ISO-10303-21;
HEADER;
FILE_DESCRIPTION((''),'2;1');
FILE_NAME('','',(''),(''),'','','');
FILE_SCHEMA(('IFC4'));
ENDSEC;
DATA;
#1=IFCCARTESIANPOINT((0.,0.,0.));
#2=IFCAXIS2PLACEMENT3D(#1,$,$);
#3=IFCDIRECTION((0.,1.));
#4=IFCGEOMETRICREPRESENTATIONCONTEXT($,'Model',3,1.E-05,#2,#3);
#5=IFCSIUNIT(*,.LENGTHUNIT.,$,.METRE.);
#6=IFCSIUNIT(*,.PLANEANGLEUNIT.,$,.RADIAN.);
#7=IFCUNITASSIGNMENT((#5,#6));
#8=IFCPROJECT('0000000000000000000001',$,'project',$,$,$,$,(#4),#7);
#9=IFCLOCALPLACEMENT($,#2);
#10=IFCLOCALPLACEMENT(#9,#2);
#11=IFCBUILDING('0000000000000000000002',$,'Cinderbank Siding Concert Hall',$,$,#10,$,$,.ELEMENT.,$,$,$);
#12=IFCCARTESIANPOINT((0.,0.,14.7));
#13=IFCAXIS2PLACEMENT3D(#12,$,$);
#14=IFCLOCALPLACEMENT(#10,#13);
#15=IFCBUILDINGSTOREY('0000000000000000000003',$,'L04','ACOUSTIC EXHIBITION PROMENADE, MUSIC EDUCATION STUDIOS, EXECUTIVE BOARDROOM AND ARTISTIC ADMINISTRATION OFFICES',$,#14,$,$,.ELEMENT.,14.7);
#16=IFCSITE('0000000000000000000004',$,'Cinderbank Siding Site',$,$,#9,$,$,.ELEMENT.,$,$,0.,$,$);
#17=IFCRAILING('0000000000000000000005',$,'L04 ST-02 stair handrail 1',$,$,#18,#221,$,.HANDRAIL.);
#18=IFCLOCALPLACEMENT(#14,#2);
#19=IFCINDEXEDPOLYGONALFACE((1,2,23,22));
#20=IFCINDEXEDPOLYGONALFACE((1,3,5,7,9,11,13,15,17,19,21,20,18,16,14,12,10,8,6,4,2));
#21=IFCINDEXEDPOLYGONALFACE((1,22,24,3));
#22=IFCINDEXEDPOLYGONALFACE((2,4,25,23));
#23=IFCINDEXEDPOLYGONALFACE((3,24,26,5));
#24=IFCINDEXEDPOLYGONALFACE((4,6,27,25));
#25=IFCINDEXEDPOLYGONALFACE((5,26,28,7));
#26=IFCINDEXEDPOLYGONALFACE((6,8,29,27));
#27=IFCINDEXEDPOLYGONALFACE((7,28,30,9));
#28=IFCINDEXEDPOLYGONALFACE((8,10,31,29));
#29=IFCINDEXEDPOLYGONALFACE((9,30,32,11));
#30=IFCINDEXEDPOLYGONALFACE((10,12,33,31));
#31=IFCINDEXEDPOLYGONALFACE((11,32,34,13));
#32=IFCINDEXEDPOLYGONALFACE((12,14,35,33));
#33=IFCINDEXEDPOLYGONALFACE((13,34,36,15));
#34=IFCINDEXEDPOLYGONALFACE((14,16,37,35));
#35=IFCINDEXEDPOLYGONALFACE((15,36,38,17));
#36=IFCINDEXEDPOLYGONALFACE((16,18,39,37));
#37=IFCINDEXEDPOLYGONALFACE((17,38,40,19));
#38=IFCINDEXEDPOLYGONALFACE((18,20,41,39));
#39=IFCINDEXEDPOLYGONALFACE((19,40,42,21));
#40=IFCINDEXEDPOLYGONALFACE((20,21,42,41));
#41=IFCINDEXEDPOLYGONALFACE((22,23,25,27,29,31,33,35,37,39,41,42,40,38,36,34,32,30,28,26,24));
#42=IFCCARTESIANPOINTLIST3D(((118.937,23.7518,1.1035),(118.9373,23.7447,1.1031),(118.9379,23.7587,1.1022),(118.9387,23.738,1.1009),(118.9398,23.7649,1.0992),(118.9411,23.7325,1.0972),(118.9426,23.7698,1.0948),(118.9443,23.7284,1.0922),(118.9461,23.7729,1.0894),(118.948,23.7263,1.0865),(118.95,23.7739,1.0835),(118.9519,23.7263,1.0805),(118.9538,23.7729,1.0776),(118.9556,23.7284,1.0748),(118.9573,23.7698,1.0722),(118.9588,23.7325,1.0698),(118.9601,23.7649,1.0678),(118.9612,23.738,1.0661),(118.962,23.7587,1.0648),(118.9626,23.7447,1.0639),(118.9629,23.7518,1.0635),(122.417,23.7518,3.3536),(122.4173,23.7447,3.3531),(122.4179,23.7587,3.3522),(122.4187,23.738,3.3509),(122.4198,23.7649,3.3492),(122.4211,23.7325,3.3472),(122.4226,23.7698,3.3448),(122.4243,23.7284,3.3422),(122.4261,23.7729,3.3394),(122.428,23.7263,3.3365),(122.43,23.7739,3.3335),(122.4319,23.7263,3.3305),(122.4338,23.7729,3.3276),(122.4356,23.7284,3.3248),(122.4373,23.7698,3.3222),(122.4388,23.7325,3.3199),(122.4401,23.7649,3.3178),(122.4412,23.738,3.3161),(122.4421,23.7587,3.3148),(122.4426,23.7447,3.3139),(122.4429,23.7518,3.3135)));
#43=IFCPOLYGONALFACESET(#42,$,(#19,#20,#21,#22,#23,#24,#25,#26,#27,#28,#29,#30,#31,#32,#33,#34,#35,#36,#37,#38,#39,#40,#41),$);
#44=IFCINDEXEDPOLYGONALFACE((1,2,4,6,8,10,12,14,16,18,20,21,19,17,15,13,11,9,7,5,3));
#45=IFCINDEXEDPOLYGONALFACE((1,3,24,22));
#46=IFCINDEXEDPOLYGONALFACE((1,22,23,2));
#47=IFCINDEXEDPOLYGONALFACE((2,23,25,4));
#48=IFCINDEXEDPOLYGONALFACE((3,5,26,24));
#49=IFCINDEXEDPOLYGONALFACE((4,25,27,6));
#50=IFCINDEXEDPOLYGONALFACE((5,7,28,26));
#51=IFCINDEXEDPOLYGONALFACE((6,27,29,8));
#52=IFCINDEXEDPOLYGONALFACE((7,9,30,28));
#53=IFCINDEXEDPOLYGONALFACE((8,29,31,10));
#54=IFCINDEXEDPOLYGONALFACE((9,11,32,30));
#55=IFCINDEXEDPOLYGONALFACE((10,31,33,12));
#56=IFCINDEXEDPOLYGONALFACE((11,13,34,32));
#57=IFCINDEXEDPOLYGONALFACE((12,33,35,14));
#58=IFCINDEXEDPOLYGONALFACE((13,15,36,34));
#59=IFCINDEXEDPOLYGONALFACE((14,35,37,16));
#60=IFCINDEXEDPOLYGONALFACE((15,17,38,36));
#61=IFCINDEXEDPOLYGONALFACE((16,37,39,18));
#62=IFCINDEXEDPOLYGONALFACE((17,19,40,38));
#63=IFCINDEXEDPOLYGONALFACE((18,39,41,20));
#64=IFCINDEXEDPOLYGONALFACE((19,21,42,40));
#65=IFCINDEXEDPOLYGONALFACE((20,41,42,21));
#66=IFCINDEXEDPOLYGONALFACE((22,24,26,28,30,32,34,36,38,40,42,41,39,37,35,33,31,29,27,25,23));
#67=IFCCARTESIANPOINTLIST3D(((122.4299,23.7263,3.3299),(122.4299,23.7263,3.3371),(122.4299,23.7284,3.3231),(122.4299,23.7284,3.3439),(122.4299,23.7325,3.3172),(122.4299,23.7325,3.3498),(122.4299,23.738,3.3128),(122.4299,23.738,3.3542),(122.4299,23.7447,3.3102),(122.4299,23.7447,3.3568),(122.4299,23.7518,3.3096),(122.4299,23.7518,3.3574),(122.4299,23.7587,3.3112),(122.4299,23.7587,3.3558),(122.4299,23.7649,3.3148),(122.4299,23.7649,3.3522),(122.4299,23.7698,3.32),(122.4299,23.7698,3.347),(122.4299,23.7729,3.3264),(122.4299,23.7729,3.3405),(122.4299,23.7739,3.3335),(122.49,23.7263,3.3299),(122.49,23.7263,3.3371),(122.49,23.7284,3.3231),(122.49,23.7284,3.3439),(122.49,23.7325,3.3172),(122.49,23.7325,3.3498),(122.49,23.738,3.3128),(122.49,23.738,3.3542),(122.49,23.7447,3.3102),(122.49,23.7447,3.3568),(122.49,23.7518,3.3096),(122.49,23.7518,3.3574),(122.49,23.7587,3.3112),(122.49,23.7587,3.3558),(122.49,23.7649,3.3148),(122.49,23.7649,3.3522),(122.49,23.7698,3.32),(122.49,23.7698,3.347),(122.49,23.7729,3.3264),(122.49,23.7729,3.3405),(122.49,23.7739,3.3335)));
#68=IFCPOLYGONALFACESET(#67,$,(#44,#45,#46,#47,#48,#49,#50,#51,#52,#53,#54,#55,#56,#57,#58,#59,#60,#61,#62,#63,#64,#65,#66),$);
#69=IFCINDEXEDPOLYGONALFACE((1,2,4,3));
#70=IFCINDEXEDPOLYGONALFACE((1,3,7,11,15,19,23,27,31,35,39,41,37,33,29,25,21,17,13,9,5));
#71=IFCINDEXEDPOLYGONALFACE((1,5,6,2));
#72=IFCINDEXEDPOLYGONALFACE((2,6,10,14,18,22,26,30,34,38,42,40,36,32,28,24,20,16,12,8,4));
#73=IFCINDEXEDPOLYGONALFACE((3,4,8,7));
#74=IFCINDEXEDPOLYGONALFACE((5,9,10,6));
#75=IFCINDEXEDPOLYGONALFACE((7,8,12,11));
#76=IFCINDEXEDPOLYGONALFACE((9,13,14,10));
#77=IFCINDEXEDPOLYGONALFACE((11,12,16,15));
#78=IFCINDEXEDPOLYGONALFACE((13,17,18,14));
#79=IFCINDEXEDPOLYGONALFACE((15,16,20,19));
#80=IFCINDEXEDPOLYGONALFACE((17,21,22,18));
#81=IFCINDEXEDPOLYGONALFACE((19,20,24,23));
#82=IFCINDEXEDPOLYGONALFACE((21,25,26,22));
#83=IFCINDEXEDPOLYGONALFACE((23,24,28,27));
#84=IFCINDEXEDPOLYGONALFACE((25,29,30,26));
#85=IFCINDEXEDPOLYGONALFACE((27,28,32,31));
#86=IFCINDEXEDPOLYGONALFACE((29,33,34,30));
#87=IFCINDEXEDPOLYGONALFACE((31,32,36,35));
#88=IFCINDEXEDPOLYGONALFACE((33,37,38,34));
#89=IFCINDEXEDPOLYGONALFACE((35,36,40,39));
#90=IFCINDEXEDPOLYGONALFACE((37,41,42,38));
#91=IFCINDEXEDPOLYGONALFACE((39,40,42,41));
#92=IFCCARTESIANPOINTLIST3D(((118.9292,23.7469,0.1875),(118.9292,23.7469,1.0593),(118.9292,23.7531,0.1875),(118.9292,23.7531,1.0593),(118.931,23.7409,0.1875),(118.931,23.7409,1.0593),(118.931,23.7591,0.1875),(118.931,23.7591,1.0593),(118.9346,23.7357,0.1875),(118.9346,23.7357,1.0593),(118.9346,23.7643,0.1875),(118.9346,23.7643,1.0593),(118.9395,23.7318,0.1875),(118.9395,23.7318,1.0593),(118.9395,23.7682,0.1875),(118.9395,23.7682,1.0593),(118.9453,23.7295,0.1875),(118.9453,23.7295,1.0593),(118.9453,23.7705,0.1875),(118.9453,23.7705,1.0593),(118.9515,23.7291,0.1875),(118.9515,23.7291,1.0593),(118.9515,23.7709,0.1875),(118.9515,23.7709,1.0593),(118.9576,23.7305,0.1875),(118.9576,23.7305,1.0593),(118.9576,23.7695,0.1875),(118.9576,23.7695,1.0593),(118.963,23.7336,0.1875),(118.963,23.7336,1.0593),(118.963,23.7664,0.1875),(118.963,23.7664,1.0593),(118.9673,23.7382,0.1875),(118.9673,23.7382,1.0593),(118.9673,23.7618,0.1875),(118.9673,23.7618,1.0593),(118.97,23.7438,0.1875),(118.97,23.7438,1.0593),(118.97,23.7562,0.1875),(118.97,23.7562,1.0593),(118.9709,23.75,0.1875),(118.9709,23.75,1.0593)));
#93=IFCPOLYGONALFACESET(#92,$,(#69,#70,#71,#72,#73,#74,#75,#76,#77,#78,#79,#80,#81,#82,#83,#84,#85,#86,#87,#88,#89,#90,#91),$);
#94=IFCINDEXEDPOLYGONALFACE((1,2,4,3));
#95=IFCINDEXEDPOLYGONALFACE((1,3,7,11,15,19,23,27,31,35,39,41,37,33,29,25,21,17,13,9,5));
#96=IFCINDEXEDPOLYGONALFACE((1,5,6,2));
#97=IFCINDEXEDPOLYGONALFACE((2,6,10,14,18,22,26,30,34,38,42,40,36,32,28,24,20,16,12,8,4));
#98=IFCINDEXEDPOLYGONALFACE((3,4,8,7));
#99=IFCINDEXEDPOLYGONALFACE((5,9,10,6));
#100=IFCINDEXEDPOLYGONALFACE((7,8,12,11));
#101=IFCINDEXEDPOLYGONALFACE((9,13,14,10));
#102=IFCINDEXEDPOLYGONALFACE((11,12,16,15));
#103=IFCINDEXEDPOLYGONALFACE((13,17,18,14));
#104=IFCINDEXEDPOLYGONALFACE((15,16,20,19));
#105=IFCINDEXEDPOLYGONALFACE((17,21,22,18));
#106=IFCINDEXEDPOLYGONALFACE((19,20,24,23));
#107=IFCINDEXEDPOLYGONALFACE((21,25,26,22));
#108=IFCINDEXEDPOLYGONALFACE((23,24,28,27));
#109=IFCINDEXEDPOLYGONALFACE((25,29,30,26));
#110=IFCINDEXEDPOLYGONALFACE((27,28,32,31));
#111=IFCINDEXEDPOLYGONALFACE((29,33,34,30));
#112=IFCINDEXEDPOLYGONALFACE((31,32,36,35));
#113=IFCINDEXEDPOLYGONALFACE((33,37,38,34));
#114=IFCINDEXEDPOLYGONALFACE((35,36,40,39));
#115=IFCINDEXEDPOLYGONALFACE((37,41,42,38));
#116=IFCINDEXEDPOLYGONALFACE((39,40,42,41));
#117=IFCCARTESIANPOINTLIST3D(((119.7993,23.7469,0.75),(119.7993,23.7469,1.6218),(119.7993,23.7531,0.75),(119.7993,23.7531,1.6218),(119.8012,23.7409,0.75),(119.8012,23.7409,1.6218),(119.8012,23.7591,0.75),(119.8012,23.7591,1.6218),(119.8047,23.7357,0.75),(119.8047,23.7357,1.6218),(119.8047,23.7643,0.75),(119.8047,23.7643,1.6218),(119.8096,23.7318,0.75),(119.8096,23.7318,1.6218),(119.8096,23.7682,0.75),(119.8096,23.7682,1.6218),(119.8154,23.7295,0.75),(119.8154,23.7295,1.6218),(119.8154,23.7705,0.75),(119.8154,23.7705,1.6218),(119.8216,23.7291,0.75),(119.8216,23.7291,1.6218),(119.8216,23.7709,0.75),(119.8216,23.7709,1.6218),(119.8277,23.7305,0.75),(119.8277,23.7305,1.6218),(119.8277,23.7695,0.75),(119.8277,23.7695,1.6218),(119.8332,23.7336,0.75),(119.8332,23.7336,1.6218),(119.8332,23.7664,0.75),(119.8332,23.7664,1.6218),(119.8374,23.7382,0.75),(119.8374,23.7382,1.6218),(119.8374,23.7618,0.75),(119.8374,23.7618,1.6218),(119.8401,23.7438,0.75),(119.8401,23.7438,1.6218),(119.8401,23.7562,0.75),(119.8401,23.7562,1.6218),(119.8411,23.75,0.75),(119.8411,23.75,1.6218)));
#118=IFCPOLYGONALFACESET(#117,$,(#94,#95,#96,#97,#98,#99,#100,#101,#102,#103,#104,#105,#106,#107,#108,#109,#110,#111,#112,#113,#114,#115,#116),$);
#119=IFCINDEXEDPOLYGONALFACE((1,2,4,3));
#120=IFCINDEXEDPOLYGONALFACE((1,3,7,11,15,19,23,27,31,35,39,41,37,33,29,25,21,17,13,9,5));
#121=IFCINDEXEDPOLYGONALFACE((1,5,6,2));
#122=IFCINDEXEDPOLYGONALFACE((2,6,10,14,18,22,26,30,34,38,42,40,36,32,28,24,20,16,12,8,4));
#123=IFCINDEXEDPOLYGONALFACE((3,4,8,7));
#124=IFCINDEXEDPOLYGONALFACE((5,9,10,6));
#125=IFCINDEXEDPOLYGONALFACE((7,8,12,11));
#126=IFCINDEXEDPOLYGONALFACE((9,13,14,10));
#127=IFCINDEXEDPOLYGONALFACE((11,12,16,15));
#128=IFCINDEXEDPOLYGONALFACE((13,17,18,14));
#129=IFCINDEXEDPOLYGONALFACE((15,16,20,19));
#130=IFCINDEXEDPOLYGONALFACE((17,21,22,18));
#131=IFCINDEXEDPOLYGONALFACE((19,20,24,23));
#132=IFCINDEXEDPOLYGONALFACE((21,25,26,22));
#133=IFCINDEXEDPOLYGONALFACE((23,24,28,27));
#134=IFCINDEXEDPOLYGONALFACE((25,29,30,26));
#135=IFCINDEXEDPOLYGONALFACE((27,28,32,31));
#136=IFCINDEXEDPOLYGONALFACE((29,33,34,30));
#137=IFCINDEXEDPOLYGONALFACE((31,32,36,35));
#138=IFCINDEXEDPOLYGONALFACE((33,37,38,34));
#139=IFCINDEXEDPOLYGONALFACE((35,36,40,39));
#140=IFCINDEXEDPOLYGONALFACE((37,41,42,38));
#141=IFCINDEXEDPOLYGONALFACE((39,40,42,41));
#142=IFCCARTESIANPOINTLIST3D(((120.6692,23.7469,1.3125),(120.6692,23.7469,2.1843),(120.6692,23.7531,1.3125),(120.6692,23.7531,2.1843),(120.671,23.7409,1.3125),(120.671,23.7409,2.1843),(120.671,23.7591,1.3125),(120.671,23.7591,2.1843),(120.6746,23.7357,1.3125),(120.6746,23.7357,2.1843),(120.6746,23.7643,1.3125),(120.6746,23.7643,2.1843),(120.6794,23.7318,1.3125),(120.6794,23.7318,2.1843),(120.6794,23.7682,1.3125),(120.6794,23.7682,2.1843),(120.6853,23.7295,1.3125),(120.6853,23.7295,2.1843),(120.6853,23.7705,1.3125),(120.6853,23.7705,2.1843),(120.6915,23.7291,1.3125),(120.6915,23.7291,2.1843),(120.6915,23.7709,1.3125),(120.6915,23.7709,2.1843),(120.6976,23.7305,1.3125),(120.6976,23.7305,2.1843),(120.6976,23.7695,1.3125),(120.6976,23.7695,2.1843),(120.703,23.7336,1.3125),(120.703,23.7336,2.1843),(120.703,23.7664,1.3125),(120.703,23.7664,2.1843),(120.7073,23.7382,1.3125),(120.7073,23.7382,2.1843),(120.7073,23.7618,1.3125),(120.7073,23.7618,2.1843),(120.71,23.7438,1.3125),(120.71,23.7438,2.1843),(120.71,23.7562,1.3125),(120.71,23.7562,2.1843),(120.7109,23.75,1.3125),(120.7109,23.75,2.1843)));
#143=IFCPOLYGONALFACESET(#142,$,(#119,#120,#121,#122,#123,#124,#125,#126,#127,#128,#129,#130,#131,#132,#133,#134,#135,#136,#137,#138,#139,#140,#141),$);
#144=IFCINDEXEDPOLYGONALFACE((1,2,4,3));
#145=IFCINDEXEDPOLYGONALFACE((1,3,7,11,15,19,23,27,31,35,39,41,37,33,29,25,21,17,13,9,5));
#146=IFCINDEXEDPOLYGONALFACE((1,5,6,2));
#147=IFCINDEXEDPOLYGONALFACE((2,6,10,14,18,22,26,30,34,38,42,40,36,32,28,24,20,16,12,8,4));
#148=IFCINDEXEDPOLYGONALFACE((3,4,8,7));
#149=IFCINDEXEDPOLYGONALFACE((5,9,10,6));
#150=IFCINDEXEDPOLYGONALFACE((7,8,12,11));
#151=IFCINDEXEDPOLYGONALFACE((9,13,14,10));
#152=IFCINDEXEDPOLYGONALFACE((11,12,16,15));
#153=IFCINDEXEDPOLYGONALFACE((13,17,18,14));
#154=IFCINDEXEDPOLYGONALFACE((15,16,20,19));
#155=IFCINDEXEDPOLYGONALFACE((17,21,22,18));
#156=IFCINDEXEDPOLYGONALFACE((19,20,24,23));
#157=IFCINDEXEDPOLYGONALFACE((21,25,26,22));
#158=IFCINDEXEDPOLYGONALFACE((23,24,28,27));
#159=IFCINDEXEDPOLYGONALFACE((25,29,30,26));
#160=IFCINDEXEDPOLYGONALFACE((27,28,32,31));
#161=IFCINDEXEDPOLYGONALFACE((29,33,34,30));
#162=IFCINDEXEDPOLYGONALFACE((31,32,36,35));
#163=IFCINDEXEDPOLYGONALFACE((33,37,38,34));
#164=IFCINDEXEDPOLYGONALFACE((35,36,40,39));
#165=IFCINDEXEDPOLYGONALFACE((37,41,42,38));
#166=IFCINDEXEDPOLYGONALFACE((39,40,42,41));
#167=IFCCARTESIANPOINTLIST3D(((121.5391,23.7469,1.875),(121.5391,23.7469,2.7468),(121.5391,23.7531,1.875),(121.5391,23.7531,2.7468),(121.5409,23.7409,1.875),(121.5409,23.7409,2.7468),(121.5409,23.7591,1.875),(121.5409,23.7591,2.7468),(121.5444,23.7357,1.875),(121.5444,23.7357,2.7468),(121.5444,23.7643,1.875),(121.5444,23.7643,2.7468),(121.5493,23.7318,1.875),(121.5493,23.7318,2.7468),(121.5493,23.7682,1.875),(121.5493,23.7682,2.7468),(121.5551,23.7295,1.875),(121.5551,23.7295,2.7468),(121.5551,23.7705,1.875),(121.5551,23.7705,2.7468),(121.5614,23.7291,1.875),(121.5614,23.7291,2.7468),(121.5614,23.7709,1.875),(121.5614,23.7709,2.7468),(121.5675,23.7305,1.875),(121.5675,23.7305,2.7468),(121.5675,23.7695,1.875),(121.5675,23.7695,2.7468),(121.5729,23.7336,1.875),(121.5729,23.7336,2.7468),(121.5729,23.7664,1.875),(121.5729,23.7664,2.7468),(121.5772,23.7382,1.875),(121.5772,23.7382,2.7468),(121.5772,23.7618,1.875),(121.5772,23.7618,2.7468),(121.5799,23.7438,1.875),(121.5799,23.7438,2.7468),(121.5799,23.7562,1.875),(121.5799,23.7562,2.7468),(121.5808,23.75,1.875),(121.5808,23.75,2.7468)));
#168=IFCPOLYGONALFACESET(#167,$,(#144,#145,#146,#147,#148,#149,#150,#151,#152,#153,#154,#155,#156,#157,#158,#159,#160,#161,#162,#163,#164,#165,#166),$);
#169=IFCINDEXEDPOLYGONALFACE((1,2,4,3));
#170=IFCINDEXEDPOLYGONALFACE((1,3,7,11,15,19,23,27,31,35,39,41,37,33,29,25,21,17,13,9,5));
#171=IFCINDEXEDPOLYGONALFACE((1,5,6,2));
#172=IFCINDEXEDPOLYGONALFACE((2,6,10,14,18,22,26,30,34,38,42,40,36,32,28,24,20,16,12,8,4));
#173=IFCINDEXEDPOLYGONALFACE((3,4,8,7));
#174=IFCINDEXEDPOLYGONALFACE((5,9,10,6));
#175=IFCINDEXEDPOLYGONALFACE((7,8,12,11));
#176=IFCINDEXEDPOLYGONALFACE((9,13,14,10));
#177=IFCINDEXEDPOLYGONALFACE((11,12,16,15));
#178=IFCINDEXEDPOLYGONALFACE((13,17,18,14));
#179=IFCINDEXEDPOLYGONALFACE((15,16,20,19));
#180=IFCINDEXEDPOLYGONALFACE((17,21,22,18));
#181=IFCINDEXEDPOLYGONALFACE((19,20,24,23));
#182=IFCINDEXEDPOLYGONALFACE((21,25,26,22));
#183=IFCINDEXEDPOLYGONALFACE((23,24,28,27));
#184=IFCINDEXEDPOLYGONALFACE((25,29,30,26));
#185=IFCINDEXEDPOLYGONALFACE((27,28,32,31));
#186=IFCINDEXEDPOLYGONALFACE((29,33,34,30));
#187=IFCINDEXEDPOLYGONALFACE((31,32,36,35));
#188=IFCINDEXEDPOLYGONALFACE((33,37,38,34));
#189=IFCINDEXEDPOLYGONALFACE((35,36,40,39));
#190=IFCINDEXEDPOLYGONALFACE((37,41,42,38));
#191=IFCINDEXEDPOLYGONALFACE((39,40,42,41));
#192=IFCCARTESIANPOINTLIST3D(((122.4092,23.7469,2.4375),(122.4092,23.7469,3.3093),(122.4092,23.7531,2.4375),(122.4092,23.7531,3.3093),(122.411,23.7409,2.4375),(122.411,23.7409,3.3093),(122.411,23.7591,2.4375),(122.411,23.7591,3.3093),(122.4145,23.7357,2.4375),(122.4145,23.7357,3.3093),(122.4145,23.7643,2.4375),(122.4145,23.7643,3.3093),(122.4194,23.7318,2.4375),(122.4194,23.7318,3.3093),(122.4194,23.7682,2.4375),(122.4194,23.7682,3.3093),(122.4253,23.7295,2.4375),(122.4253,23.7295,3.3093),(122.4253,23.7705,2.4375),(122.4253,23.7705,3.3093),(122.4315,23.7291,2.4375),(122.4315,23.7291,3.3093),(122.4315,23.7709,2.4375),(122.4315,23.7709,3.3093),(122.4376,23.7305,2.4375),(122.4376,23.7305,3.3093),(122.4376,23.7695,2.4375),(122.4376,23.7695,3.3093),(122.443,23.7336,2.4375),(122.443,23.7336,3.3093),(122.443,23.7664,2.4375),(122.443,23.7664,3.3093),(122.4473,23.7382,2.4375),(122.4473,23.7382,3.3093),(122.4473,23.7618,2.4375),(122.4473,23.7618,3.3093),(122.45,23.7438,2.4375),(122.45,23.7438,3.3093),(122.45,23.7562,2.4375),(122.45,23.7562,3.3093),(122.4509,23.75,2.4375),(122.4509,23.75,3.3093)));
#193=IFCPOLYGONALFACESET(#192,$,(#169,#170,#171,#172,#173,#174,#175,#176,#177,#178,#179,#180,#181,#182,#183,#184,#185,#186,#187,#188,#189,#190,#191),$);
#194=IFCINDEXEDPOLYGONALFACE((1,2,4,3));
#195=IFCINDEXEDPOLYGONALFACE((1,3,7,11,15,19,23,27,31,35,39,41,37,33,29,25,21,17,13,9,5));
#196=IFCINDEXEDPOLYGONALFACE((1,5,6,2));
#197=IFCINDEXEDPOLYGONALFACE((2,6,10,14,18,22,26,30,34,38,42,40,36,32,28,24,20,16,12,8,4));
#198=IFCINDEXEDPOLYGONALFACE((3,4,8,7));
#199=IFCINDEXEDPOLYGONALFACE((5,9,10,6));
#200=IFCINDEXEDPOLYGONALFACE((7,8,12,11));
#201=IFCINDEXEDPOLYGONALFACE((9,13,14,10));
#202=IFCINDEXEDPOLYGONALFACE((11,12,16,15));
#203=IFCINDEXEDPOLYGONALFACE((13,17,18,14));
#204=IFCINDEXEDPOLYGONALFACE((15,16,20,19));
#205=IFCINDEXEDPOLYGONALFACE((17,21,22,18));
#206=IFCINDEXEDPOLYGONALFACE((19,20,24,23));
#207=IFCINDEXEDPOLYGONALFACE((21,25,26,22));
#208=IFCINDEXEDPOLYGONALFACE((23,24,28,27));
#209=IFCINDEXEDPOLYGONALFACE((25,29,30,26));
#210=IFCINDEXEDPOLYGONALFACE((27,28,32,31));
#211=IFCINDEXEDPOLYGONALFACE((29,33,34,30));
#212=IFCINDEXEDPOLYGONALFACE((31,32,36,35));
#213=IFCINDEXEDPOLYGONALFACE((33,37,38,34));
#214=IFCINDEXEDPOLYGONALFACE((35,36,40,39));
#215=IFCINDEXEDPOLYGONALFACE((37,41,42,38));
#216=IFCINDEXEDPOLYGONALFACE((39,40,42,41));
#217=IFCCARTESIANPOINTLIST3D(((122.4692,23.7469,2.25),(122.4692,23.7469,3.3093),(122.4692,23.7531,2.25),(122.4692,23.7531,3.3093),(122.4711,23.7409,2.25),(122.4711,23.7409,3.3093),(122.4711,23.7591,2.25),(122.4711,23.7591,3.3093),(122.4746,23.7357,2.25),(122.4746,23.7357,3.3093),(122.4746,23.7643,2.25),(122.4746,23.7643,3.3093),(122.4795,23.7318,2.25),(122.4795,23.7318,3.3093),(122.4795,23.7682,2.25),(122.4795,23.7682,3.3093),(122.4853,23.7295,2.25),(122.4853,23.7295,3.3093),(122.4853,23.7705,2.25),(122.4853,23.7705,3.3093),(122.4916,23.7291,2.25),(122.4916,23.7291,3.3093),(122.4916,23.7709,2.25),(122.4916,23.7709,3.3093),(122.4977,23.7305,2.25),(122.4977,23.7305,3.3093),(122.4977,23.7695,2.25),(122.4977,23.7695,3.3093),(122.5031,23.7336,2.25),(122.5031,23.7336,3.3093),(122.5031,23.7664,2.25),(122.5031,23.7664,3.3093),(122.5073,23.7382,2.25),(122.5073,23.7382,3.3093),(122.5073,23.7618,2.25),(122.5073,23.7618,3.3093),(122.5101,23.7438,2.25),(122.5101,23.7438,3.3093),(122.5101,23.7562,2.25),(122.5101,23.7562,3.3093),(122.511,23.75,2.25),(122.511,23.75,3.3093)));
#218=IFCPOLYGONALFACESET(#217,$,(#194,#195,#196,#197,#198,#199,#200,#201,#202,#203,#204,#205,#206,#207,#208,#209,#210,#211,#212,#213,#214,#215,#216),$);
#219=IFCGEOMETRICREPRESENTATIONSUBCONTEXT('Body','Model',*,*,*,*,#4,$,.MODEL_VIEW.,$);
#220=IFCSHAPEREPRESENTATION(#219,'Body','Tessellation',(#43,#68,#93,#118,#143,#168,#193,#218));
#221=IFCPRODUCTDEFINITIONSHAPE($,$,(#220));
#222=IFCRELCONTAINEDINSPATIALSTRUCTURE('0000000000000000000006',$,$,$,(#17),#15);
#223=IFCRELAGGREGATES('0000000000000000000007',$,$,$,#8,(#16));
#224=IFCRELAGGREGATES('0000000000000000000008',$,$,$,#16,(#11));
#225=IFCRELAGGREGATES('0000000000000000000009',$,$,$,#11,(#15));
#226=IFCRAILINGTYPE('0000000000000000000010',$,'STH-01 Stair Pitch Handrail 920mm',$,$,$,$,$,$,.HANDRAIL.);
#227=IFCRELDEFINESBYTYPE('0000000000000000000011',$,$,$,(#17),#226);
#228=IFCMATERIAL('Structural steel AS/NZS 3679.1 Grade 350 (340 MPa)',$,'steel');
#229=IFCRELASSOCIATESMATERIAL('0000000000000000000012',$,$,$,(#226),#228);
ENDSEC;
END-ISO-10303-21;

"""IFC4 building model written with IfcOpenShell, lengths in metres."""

from ifc_helpers import new_model, si_unit, direction, frame, origin, origin_2d, place, context, subcontext, project, spatial, circle, extrude, material, type_object, element, save


model = new_model("IFC4")

# Units and contexts
model_context = context("Model", 3, precision=1e-05, world=origin(), true_north=direction((0.0, 1.0)))
body_context = subcontext(model_context, "Body", "Model", "MODEL_VIEW")
ifc_project = project(units=[si_unit("LENGTHUNIT", "METRE"), si_unit("PLANEANGLEUNIT", "RADIAN")], contexts=[model_context])

# Site, building, storey
site_placement = place(None, origin())
site = spatial("IfcSite", under=ifc_project, at=site_placement, Name="Cinderbank Siding Site", CompositionType="ELEMENT", RefElevation=0.0)
building_placement = place(site_placement, origin())
building = spatial("IfcBuilding", under=site, at=building_placement, Name="Cinderbank Siding Concert Hall", CompositionType="ELEMENT")
storey_placement = place(building_placement, frame((0.0, 0.0, 14.7)))
storey = spatial("IfcBuildingStorey", under=building, at=storey_placement, Name="L04", Description="ACOUSTIC EXHIBITION PROMENADE, MUSIC EDUCATION STUDIOS, EXECUTIVE BOARDROOM AND ARTISTIC ADMINISTRATION OFFICES", CompositionType="ELEMENT", Elevation=14.7)

# Shared definitions
ifc_material_1 = material(Name="Structural steel AS/NZS 3679.1 Grade 350 (340 MPa)", Category="steel")

# Railing
railing_type_1 = type_object("IfcRailingType", Name="STH-01 Stair Pitch Handrail 920mm", PredefinedType="HANDRAIL", material=ifc_material_1)
railing_1_placement = place(storey_placement, frame((118.95, 23.75, 0.1875)))
element("IfcRailing", 1, at=railing_1_placement, inside=storey, type_object=railing_type_1, Name="L04 ST-02 stair handrail 1", PredefinedType="HANDRAIL", context=body_context, shape_type="SweptSolid", body=[
    extrude(circle(Radius=0.0239, at=origin_2d()), frame((0.0, 0.0, 0.896), z_axis=(0.839763, 0.0, 0.542953), x_axis=(0.0, 1.0, 0.0)), (0.0, 0.0, 1.0), 4.144),
    extrude(circle(Radius=0.0239, at=origin_2d()), frame((3.48, 0.0, 3.146), z_axis=(1.0, 0.0, 0.0), x_axis=(0.0, 1.0, 0.0)), (0.0, 0.0, 1.0), 0.0601),
    extrude(circle(Radius=0.021, at=origin_2d()), origin(), (0.0, 0.0, 1.0), 0.8718),
    extrude(circle(Radius=0.021, at=origin_2d()), frame((0.8701, 0.0, 0.5625)), (0.0, 0.0, 1.0), 0.8718),
    extrude(circle(Radius=0.021, at=origin_2d()), frame((1.74, 0.0, 1.125)), (0.0, 0.0, 1.0), 0.8718),
    extrude(circle(Radius=0.021, at=origin_2d()), frame((2.6099, 0.0, 1.6875)), (0.0, 0.0, 1.0), 0.8718),
    extrude(circle(Radius=0.021, at=origin_2d()), frame((3.48, 0.0, 2.25)), (0.0, 0.0, 1.0), 0.8718),
    extrude(circle(Radius=0.021, at=origin_2d()), frame((3.54, 0.0, 2.0625)), (0.0, 0.0, 1.0), 1.0593),
])

save(model, "model.ifc")
